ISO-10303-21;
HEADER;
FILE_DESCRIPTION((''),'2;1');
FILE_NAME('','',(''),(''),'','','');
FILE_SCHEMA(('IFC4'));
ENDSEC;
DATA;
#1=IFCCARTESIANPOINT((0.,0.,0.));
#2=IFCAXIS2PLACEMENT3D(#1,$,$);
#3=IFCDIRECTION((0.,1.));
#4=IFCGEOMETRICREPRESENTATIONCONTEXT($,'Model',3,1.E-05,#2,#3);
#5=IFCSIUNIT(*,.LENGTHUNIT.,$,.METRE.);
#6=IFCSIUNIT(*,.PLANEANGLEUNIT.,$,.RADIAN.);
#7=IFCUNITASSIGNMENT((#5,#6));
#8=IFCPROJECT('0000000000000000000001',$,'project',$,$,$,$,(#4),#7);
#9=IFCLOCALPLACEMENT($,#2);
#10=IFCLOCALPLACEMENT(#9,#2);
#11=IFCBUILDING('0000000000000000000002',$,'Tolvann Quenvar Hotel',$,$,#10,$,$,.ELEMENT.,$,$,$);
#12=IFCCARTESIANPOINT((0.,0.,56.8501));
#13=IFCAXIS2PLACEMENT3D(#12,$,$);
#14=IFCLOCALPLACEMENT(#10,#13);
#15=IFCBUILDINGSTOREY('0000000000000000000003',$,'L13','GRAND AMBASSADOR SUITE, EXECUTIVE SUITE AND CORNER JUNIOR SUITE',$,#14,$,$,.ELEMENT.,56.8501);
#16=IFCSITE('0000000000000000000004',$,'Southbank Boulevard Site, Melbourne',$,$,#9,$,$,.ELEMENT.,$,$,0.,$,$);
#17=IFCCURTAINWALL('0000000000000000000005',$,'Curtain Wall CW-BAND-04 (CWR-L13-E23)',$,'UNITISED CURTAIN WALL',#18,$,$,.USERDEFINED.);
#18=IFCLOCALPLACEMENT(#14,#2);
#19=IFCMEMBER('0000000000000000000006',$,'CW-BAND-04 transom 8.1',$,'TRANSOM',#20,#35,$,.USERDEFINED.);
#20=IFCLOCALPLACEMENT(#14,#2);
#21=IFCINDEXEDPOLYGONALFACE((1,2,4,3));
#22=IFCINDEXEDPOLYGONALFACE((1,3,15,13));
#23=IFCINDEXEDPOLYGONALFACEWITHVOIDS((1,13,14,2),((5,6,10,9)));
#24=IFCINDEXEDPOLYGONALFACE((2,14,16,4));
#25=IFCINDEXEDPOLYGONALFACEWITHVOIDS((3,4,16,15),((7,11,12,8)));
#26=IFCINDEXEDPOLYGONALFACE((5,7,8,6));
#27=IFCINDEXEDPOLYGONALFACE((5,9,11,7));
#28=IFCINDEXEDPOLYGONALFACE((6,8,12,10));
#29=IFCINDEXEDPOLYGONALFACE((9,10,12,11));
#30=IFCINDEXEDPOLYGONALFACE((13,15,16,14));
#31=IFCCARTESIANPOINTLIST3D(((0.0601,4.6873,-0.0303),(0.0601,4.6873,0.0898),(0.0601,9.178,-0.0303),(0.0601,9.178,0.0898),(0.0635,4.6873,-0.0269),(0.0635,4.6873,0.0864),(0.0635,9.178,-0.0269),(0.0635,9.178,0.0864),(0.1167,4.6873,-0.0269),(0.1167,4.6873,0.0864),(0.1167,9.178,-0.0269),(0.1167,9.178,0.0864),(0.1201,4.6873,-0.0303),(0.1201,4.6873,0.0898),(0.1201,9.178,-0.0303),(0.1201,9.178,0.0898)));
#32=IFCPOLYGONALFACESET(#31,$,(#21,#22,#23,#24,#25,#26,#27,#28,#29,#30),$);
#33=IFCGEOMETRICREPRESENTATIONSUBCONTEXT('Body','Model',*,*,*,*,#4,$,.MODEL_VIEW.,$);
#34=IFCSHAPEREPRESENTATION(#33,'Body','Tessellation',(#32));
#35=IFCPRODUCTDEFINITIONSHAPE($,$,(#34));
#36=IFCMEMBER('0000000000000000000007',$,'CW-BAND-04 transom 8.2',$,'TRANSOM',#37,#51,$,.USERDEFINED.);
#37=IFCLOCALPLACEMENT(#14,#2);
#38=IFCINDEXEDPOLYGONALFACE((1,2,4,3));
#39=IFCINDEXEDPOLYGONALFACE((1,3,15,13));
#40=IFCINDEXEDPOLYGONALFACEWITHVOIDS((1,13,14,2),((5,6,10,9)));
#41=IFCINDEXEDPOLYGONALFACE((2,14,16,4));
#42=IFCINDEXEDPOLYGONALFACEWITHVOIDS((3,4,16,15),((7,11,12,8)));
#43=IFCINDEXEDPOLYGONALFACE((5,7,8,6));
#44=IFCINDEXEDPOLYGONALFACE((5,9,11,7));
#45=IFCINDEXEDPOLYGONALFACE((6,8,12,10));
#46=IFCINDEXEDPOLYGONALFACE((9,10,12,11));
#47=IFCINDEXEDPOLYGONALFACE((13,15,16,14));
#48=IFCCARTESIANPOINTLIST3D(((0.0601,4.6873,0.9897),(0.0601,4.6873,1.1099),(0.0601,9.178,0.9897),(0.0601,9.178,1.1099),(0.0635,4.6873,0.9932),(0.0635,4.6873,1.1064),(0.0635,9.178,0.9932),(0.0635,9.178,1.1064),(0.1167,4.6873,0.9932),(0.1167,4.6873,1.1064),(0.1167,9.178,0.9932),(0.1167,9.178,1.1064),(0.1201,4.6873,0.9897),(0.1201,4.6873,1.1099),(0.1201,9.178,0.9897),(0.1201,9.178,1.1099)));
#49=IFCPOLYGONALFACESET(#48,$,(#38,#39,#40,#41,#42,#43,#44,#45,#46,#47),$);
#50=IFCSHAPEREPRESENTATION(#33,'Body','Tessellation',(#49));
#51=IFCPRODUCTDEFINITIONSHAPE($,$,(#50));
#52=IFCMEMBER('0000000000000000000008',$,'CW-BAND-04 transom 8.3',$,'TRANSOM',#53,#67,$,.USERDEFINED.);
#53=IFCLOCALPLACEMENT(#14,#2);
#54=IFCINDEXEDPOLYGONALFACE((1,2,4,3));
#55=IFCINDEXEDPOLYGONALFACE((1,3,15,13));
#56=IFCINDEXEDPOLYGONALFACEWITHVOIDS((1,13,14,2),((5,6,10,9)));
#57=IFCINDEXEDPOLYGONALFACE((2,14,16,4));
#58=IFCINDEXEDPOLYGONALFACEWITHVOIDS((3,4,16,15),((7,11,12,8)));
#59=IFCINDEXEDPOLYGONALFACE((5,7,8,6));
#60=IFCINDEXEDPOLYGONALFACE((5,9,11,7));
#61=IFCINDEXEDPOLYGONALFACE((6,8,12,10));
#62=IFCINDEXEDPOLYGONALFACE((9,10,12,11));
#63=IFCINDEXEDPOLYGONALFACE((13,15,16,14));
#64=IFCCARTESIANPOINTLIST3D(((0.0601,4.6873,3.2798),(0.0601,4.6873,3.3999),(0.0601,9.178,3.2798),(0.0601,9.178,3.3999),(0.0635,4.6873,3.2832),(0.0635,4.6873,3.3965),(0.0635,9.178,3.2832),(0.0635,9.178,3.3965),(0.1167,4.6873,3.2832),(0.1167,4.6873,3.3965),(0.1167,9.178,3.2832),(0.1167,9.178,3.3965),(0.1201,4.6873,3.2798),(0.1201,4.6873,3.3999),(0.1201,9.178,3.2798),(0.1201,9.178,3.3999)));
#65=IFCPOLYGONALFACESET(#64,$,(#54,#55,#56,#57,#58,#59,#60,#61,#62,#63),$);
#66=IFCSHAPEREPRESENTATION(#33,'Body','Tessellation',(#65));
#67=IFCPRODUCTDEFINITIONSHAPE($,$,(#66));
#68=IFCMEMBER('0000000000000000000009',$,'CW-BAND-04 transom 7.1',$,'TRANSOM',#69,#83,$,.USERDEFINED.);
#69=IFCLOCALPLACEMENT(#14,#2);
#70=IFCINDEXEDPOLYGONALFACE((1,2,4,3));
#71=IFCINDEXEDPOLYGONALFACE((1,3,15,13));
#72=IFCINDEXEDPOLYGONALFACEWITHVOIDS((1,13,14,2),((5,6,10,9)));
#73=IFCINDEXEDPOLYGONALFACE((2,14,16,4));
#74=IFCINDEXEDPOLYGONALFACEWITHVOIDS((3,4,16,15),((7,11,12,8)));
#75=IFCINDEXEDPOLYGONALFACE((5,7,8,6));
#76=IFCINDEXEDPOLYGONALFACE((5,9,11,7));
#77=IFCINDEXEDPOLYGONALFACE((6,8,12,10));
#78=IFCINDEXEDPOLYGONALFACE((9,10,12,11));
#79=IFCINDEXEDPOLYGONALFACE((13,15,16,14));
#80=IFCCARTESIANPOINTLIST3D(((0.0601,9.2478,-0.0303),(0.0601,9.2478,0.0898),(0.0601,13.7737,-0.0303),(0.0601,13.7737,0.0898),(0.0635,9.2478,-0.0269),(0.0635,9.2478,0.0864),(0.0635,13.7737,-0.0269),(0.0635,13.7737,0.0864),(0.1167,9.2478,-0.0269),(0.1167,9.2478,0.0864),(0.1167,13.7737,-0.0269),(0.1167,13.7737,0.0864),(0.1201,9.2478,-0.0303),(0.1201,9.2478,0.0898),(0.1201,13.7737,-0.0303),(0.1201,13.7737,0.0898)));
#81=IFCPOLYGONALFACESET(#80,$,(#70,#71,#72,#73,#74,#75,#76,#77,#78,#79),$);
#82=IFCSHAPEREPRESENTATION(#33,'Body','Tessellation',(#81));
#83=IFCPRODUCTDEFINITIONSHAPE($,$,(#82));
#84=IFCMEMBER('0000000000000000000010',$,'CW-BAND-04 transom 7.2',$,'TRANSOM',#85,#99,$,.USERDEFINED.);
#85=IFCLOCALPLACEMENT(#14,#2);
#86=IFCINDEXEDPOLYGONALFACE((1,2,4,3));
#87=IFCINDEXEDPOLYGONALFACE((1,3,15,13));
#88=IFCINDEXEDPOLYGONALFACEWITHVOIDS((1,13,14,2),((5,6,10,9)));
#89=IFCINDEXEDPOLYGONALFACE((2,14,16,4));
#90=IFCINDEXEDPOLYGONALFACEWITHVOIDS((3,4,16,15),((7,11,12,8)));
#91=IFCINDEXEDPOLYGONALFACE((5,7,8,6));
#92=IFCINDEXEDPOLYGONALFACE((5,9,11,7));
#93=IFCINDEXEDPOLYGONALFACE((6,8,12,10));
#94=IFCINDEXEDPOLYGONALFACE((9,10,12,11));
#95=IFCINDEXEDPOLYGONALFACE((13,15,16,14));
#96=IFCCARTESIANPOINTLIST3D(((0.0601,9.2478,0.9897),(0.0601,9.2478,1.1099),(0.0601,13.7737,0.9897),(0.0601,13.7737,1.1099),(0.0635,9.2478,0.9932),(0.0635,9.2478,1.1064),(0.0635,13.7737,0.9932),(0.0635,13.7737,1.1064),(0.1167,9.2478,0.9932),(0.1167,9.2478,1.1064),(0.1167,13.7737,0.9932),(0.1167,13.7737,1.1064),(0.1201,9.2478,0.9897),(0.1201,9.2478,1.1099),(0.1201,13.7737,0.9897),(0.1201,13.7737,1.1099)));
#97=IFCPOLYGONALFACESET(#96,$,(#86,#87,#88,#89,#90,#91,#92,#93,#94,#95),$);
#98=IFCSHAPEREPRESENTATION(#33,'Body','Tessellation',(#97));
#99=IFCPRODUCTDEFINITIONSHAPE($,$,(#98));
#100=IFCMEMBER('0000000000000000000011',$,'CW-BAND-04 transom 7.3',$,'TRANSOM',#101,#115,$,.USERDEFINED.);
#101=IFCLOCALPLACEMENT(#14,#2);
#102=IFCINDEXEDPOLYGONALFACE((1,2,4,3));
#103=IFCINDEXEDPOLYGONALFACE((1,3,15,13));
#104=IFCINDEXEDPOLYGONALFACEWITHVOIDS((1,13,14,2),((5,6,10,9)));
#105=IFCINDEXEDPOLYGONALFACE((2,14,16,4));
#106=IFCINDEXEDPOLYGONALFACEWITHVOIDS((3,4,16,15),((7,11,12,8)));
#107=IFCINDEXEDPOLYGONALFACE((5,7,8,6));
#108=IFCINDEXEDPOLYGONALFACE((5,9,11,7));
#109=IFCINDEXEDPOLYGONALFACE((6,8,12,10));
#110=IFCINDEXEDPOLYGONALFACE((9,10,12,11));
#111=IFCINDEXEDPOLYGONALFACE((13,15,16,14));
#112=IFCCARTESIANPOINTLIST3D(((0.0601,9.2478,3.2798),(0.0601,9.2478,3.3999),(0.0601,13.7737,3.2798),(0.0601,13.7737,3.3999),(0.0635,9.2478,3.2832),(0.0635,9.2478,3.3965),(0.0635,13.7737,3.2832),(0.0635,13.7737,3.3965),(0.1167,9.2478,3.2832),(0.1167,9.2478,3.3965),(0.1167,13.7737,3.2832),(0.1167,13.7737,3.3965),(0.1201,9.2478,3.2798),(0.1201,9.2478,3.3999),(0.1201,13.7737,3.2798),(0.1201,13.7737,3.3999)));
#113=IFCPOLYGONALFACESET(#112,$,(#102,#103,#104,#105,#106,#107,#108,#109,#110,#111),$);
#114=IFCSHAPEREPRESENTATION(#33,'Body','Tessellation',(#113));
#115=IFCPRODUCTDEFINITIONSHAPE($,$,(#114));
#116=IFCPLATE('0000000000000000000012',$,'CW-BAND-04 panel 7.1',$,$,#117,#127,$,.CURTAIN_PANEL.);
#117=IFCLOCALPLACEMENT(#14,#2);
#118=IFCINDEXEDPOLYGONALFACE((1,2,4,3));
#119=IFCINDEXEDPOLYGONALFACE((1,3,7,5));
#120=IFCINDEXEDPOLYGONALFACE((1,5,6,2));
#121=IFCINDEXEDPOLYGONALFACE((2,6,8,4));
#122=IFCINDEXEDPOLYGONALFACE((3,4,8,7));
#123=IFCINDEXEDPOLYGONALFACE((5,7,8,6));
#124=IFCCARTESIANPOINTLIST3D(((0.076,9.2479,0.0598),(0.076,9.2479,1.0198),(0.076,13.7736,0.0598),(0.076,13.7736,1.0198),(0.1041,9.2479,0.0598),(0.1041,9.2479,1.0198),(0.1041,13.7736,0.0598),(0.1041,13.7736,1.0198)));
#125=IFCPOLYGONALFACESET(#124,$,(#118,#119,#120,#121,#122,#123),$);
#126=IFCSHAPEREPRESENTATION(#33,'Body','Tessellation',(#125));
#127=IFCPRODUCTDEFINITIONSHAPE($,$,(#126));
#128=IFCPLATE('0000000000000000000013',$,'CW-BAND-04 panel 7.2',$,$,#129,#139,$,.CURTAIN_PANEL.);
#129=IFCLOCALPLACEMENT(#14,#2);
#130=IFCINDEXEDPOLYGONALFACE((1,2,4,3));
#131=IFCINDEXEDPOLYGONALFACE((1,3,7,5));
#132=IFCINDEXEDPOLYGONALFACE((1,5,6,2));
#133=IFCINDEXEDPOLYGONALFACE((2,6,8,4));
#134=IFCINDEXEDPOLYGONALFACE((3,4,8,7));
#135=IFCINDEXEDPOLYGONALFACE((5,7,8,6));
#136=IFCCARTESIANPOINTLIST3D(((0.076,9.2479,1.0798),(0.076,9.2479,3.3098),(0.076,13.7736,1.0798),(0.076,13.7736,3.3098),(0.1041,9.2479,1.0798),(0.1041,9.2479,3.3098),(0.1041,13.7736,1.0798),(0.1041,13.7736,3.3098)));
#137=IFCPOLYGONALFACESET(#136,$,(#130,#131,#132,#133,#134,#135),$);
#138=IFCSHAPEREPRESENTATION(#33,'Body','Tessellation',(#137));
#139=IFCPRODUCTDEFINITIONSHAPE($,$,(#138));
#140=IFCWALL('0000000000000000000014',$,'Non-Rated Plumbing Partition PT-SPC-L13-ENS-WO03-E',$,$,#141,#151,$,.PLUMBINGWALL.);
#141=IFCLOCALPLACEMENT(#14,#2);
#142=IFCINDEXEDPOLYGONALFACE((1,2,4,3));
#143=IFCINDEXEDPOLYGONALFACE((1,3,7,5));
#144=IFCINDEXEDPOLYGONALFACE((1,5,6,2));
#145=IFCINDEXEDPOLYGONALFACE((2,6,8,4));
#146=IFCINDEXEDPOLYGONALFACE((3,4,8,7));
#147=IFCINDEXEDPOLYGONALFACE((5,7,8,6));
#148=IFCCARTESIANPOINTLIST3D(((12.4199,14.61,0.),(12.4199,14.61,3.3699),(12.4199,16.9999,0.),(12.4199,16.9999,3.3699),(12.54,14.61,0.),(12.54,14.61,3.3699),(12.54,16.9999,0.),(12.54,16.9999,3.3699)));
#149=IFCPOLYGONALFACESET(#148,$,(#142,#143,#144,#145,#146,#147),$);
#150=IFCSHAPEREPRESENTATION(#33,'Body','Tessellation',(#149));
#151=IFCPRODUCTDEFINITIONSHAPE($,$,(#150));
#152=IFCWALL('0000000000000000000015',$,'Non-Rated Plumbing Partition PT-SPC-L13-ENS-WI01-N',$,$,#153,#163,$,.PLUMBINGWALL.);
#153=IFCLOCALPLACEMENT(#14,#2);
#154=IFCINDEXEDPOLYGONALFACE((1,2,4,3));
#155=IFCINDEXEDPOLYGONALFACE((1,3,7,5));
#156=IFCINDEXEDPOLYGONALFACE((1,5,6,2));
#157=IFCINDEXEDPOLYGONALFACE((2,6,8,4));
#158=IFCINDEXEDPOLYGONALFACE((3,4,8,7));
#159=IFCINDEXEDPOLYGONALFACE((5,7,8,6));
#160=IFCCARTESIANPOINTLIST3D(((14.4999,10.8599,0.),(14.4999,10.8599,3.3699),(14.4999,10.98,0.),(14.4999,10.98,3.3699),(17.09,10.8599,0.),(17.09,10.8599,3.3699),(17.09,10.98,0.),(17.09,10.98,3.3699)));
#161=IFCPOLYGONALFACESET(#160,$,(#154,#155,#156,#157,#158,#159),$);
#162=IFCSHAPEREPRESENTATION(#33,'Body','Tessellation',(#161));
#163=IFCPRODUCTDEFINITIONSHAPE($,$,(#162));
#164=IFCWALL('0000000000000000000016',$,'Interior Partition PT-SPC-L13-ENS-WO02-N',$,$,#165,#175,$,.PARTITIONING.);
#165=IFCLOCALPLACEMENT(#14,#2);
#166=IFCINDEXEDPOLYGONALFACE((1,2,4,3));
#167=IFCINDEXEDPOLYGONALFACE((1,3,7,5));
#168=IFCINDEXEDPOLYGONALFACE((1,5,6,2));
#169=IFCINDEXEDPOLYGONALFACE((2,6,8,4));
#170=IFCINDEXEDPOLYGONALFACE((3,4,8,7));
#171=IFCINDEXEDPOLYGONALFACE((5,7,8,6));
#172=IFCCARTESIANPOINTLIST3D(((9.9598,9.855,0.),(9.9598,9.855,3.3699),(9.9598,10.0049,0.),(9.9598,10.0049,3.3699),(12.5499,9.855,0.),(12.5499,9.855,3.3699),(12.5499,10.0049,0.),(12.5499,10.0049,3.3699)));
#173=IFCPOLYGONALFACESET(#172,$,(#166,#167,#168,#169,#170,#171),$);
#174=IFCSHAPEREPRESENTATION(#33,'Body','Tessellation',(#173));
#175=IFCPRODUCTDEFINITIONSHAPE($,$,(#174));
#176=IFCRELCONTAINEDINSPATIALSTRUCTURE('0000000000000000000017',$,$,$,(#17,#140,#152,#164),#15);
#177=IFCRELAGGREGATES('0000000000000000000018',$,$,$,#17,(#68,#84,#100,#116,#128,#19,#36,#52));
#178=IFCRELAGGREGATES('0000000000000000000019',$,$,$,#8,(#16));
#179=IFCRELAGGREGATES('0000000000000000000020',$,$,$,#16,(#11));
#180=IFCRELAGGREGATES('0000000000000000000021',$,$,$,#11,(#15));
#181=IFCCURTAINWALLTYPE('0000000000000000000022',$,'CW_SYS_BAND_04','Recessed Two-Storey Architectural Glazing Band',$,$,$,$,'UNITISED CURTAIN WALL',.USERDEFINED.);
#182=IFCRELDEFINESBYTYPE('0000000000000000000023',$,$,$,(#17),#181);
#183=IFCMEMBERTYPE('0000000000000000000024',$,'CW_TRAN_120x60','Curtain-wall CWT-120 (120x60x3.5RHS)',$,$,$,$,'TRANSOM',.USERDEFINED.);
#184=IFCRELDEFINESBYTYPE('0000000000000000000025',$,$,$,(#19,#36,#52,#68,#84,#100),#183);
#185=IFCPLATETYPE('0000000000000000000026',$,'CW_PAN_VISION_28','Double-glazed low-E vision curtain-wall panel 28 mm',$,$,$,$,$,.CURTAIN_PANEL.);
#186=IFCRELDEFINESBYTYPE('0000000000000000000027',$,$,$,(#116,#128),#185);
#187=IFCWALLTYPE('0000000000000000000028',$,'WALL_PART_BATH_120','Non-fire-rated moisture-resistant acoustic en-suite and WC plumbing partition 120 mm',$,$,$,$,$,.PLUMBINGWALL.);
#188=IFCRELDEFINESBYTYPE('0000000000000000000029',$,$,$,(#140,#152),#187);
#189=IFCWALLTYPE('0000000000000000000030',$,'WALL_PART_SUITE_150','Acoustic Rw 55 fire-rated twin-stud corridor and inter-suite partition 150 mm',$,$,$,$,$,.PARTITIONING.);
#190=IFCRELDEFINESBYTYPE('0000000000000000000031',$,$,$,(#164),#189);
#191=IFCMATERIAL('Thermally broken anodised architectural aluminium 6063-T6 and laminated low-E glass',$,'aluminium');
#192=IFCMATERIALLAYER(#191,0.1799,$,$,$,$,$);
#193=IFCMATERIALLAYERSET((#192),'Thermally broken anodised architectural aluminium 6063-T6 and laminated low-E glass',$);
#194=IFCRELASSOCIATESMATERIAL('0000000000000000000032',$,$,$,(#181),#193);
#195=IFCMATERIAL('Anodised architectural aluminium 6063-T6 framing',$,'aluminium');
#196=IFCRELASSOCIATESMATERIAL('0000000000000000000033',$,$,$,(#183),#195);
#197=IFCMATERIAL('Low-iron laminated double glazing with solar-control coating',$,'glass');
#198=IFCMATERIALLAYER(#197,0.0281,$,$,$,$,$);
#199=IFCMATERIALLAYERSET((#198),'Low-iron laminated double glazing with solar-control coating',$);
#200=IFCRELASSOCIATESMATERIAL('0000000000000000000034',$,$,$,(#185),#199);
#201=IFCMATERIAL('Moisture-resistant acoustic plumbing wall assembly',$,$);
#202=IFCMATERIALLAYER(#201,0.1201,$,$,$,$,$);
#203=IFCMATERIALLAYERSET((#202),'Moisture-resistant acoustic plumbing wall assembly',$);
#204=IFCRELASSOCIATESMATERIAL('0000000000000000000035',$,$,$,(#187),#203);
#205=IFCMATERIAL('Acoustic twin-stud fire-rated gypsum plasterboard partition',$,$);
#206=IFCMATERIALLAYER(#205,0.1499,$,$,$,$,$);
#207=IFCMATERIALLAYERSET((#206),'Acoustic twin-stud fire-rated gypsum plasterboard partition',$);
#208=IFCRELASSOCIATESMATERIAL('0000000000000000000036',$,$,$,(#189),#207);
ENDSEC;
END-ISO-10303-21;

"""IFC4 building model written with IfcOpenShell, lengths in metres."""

from ifc_helpers import new_model, si_unit, direction, frame, frame_2d, origin, origin_2d, place, context, subcontext, project, spatial, rectangle, hollow_rectangle, extrude, source, transform, mapped, material, layer, layer_set, material_profile, profile_set, type_object, type_shapes, element, aggregate, save


model = new_model("IFC4")

# Units and contexts
model_context = context("Model", 3, precision=1e-05, world=origin(), true_north=direction((0.0, 1.0)))
body_context = subcontext(model_context, "Body", "Model", "MODEL_VIEW")
ifc_project = project(units=[si_unit("LENGTHUNIT", "METRE"), si_unit("PLANEANGLEUNIT", "RADIAN")], contexts=[model_context])

# Site, building, storey
site_placement = place(None, origin())
site = spatial("IfcSite", under=ifc_project, at=site_placement, Name="Southbank Boulevard Site, Melbourne", CompositionType="ELEMENT", RefElevation=0.0)
building_placement = place(site_placement, origin())
building = spatial("IfcBuilding", under=site, at=building_placement, Name="Tolvann Quenvar Hotel", CompositionType="ELEMENT")
storey_placement = place(building_placement, frame((0.0, 0.0, 56.8501)))
storey = spatial("IfcBuildingStorey", under=building, at=storey_placement, Name="L13", Description="GRAND AMBASSADOR SUITE, EXECUTIVE SUITE AND CORNER JUNIOR SUITE", CompositionType="ELEMENT", Elevation=56.8501)

# Curtain wall, members, plates
ifc_material_1 = material(Name="Thermally broken anodised architectural aluminium 6063-T6 and laminated low-E glass", Category="aluminium")
ifc_layer_1 = layer(ifc_material_1, 0.1799)
ifc_layer_set_1 = layer_set([ifc_layer_1], Name="Thermally broken anodised architectural aluminium 6063-T6 and laminated low-E glass")
curtain_wall_type = type_object("IfcCurtainWallType", Name="CW_SYS_BAND_04", Description="Recessed Two-Storey Architectural Glazing Band", ElementType="UNITISED CURTAIN WALL", PredefinedType="USERDEFINED", material=ifc_layer_set_1)
curtain_wall_placement = place(storey_placement, origin())
curtain_wall = element("IfcCurtainWall", 1, at=curtain_wall_placement, inside=storey, type_object=curtain_wall_type, Name="Curtain Wall CW-BAND-04 (CWR-L13-E23)", ObjectType="UNITISED CURTAIN WALL", PredefinedType="USERDEFINED")
ifc_material_2 = material(Name="Anodised architectural aluminium 6063-T6 framing", Category="aluminium")
ifc_material_profile_1 = material_profile(ifc_material_2, hollow_rectangle(XDim=0.0601, YDim=0.1201, WallThickness=0.0034, at=origin_2d()), Name="120x60x3.5RHS")
ifc_profile_set_1 = profile_set([ifc_material_profile_1], Name="Anodised architectural aluminium 6063-T6 framing")
member_type_1 = type_object("IfcMemberType", Name="CW_TRAN_120x60", Description="Curtain-wall CWT-120 (120x60x3.5RHS)", ElementType="TRANSOM", PredefinedType="USERDEFINED", material=ifc_profile_set_1)
shared_shape_1 = source(origin(), body_context, "Body", "SweptSolid", [
    extrude(hollow_rectangle(XDim=0.0601, YDim=0.1201, WallThickness=0.0034, at=origin_2d()), origin(), (0.0, 0.0, 1.0), 4.4907),
])
member_1_placement = place(storey_placement, frame((0.0901, 9.178, 0.0298), z_axis=(0.0, -1.0, 0.0), x_axis=(1.0, 0.0, 0.0)))
member_1 = element("IfcMember", 2, at=member_1_placement, type_object=member_type_1, Name="CW-BAND-04 transom 8.1", ObjectType="TRANSOM", PredefinedType="USERDEFINED", context=body_context, shape_type="MappedRepresentation", body=[
    mapped(shared_shape_1, transform((0.0, 0.0, 0.0), x_axis=(1.0, 0.0, 0.0), y_axis=(0.0, 1.0, 0.0), z_axis=(0.0, 0.0, 1.0), scale=1.0)),
])
member_2_placement = place(storey_placement, frame((0.0901, 9.178, 1.0498), z_axis=(0.0, -1.0, 0.0), x_axis=(1.0, 0.0, 0.0)))
member_2 = element("IfcMember", 3, at=member_2_placement, type_object=member_type_1, Name="CW-BAND-04 transom 8.2", ObjectType="TRANSOM", PredefinedType="USERDEFINED", context=body_context, shape_type="MappedRepresentation", body=[
    mapped(shared_shape_1, transform((0.0, 0.0, 0.0), x_axis=(1.0, 0.0, 0.0), y_axis=(0.0, 1.0, 0.0), z_axis=(0.0, 0.0, 1.0), scale=1.0)),
])
member_3_placement = place(storey_placement, frame((0.0901, 9.178, 3.3398), z_axis=(0.0, -1.0, 0.0), x_axis=(1.0, 0.0, 0.0)))
member_3 = element("IfcMember", 4, at=member_3_placement, type_object=member_type_1, Name="CW-BAND-04 transom 8.3", ObjectType="TRANSOM", PredefinedType="USERDEFINED", context=body_context, shape_type="MappedRepresentation", body=[
    mapped(shared_shape_1, transform((0.0, 0.0, 0.0), x_axis=(1.0, 0.0, 0.0), y_axis=(0.0, 1.0, 0.0), z_axis=(0.0, 0.0, 1.0), scale=1.0)),
])
shared_shape_2 = source(origin(), body_context, "Body", "SweptSolid", [
    extrude(hollow_rectangle(XDim=0.0601, YDim=0.1201, WallThickness=0.0034, at=origin_2d()), origin(), (0.0, 0.0, 1.0), 4.5259),
])
type_shapes(member_type_1, [shared_shape_1, shared_shape_2])
member_4_placement = place(storey_placement, frame((0.0901, 13.7737, 0.0298), z_axis=(0.0, -1.0, 0.0), x_axis=(1.0, 0.0, 0.0)))
member_4 = element("IfcMember", 5, at=member_4_placement, type_object=member_type_1, Name="CW-BAND-04 transom 7.1", ObjectType="TRANSOM", PredefinedType="USERDEFINED", context=body_context, shape_type="MappedRepresentation", body=[
    mapped(shared_shape_2, transform((0.0, 0.0, 0.0), x_axis=(1.0, 0.0, 0.0), y_axis=(0.0, 1.0, 0.0), z_axis=(0.0, 0.0, 1.0), scale=1.0)),
])
member_5_placement = place(storey_placement, frame((0.0901, 13.7737, 1.0498), z_axis=(0.0, -1.0, 0.0), x_axis=(1.0, 0.0, 0.0)))
member_5 = element("IfcMember", 6, at=member_5_placement, type_object=member_type_1, Name="CW-BAND-04 transom 7.2", ObjectType="TRANSOM", PredefinedType="USERDEFINED", context=body_context, shape_type="MappedRepresentation", body=[
    mapped(shared_shape_2, transform((0.0, 0.0, 0.0), x_axis=(1.0, 0.0, 0.0), y_axis=(0.0, 1.0, 0.0), z_axis=(0.0, 0.0, 1.0), scale=1.0)),
])
member_6_placement = place(storey_placement, frame((0.0901, 13.7737, 3.3398), z_axis=(0.0, -1.0, 0.0), x_axis=(1.0, 0.0, 0.0)))
member_6 = element("IfcMember", 7, at=member_6_placement, type_object=member_type_1, Name="CW-BAND-04 transom 7.3", ObjectType="TRANSOM", PredefinedType="USERDEFINED", context=body_context, shape_type="MappedRepresentation", body=[
    mapped(shared_shape_2, transform((0.0, 0.0, 0.0), x_axis=(1.0, 0.0, 0.0), y_axis=(0.0, 1.0, 0.0), z_axis=(0.0, 0.0, 1.0), scale=1.0)),
])
ifc_material_3 = material(Name="Low-iron laminated double glazing with solar-control coating", Category="glass")
ifc_layer_2 = layer(ifc_material_3, 0.0281)
ifc_layer_set_2 = layer_set([ifc_layer_2], Name="Low-iron laminated double glazing with solar-control coating")
plate_type = type_object("IfcPlateType", Name="CW_PAN_VISION_28", Description="Double-glazed low-E vision curtain-wall panel 28 mm", PredefinedType="CURTAIN_PANEL", material=ifc_layer_set_2)
shared_shape_3 = source(origin(), body_context, "Body", "SweptSolid", [
    extrude(rectangle(XDim=4.5256, YDim=0.0281, at=origin_2d()), origin(), (0.0, 0.0, 1.0), 0.96),
])
plate_1_placement = place(storey_placement, frame((0.0901, 11.5107, 0.0598), z_axis=(0.0, 0.0, 1.0), x_axis=(0.0, -1.0, 0.0)))
plate_1 = element("IfcPlate", 8, at=plate_1_placement, type_object=plate_type, Name="CW-BAND-04 panel 7.1", PredefinedType="CURTAIN_PANEL", context=body_context, shape_type="MappedRepresentation", body=[
    mapped(shared_shape_3, transform((0.0, 0.0, 0.0), x_axis=(1.0, 0.0, 0.0), y_axis=(0.0, 1.0, 0.0), z_axis=(0.0, 0.0, 1.0), scale=1.0)),
])
shared_shape_4 = source(origin(), body_context, "Body", "SweptSolid", [
    extrude(rectangle(XDim=4.5256, YDim=0.0281, at=origin_2d()), origin(), (0.0, 0.0, 1.0), 2.23),
])
type_shapes(plate_type, [shared_shape_3, shared_shape_4])
plate_2_placement = place(storey_placement, frame((0.0901, 11.5107, 1.0798), z_axis=(0.0, 0.0, 1.0), x_axis=(0.0, -1.0, 0.0)))
plate_2 = element("IfcPlate", 9, at=plate_2_placement, type_object=plate_type, Name="CW-BAND-04 panel 7.2", PredefinedType="CURTAIN_PANEL", context=body_context, shape_type="MappedRepresentation", body=[
    mapped(shared_shape_4, transform((0.0, 0.0, 0.0), x_axis=(1.0, 0.0, 0.0), y_axis=(0.0, 1.0, 0.0), z_axis=(0.0, 0.0, 1.0), scale=1.0)),
])
aggregate(curtain_wall, [member_4, member_5, member_6, plate_1, plate_2, member_1, member_2, member_3])

# Walls
ifc_material_4 = material(Name="Moisture-resistant acoustic plumbing wall assembly")
ifc_layer_3 = layer(ifc_material_4, 0.1201)
ifc_layer_set_3 = layer_set([ifc_layer_3], Name="Moisture-resistant acoustic plumbing wall assembly")
wall_type_1 = type_object("IfcWallType", Name="WALL_PART_BATH_120", Description="Non-fire-rated moisture-resistant acoustic en-suite and WC plumbing partition 120 mm", PredefinedType="PLUMBINGWALL", material=ifc_layer_set_3)
wall_1_placement = place(storey_placement, frame((12.48, 14.6101, 0.0), z_axis=(0.0, 0.0, 1.0), x_axis=(0.0, 1.0, 0.0)))
element("IfcWall", 10, at=wall_1_placement, inside=storey, type_object=wall_type_1, Name="Non-Rated Plumbing Partition PT-SPC-L13-ENS-WO03-E", PredefinedType="PLUMBINGWALL", context=body_context, shape_type="SweptSolid", body=[
    extrude(rectangle(XDim=2.3899, YDim=0.1201, at=frame_2d((1.1948, 0.0))), origin(), (0.0, 0.0, 1.0), 3.3699),
])
wall_2_placement = place(storey_placement, frame((14.5, 10.9199, 0.0), z_axis=(0.0, 0.0, 1.0), x_axis=(1.0, 0.0, 0.0)))
element("IfcWall", 11, at=wall_2_placement, inside=storey, type_object=wall_type_1, Name="Non-Rated Plumbing Partition PT-SPC-L13-ENS-WI01-N", PredefinedType="PLUMBINGWALL", context=body_context, shape_type="SweptSolid", body=[
    extrude(rectangle(XDim=2.5901, YDim=0.1201, at=frame_2d((1.2949, 0.0))), origin(), (0.0, 0.0, 1.0), 3.3699),
])
ifc_material_5 = material(Name="Acoustic twin-stud fire-rated gypsum plasterboard partition")
ifc_layer_4 = layer(ifc_material_5, 0.1499)
ifc_layer_set_4 = layer_set([ifc_layer_4], Name="Acoustic twin-stud fire-rated gypsum plasterboard partition")
wall_type_2 = type_object("IfcWallType", Name="WALL_PART_SUITE_150", Description="Acoustic Rw 55 fire-rated twin-stud corridor and inter-suite partition 150 mm", PredefinedType="PARTITIONING", material=ifc_layer_set_4)
wall_3_placement = place(storey_placement, frame((9.96, 9.9299, 0.0), z_axis=(0.0, 0.0, 1.0), x_axis=(1.0, 0.0, 0.0)))
element("IfcWall", 12, at=wall_3_placement, inside=storey, type_object=wall_type_2, Name="Interior Partition PT-SPC-L13-ENS-WO02-N", PredefinedType="PARTITIONING", context=body_context, shape_type="SweptSolid", body=[
    extrude(rectangle(XDim=2.5901, YDim=0.1499, at=frame_2d((1.2949, 0.0))), origin(), (0.0, 0.0, 1.0), 3.3699),
])

save(model, "model.ifc")
